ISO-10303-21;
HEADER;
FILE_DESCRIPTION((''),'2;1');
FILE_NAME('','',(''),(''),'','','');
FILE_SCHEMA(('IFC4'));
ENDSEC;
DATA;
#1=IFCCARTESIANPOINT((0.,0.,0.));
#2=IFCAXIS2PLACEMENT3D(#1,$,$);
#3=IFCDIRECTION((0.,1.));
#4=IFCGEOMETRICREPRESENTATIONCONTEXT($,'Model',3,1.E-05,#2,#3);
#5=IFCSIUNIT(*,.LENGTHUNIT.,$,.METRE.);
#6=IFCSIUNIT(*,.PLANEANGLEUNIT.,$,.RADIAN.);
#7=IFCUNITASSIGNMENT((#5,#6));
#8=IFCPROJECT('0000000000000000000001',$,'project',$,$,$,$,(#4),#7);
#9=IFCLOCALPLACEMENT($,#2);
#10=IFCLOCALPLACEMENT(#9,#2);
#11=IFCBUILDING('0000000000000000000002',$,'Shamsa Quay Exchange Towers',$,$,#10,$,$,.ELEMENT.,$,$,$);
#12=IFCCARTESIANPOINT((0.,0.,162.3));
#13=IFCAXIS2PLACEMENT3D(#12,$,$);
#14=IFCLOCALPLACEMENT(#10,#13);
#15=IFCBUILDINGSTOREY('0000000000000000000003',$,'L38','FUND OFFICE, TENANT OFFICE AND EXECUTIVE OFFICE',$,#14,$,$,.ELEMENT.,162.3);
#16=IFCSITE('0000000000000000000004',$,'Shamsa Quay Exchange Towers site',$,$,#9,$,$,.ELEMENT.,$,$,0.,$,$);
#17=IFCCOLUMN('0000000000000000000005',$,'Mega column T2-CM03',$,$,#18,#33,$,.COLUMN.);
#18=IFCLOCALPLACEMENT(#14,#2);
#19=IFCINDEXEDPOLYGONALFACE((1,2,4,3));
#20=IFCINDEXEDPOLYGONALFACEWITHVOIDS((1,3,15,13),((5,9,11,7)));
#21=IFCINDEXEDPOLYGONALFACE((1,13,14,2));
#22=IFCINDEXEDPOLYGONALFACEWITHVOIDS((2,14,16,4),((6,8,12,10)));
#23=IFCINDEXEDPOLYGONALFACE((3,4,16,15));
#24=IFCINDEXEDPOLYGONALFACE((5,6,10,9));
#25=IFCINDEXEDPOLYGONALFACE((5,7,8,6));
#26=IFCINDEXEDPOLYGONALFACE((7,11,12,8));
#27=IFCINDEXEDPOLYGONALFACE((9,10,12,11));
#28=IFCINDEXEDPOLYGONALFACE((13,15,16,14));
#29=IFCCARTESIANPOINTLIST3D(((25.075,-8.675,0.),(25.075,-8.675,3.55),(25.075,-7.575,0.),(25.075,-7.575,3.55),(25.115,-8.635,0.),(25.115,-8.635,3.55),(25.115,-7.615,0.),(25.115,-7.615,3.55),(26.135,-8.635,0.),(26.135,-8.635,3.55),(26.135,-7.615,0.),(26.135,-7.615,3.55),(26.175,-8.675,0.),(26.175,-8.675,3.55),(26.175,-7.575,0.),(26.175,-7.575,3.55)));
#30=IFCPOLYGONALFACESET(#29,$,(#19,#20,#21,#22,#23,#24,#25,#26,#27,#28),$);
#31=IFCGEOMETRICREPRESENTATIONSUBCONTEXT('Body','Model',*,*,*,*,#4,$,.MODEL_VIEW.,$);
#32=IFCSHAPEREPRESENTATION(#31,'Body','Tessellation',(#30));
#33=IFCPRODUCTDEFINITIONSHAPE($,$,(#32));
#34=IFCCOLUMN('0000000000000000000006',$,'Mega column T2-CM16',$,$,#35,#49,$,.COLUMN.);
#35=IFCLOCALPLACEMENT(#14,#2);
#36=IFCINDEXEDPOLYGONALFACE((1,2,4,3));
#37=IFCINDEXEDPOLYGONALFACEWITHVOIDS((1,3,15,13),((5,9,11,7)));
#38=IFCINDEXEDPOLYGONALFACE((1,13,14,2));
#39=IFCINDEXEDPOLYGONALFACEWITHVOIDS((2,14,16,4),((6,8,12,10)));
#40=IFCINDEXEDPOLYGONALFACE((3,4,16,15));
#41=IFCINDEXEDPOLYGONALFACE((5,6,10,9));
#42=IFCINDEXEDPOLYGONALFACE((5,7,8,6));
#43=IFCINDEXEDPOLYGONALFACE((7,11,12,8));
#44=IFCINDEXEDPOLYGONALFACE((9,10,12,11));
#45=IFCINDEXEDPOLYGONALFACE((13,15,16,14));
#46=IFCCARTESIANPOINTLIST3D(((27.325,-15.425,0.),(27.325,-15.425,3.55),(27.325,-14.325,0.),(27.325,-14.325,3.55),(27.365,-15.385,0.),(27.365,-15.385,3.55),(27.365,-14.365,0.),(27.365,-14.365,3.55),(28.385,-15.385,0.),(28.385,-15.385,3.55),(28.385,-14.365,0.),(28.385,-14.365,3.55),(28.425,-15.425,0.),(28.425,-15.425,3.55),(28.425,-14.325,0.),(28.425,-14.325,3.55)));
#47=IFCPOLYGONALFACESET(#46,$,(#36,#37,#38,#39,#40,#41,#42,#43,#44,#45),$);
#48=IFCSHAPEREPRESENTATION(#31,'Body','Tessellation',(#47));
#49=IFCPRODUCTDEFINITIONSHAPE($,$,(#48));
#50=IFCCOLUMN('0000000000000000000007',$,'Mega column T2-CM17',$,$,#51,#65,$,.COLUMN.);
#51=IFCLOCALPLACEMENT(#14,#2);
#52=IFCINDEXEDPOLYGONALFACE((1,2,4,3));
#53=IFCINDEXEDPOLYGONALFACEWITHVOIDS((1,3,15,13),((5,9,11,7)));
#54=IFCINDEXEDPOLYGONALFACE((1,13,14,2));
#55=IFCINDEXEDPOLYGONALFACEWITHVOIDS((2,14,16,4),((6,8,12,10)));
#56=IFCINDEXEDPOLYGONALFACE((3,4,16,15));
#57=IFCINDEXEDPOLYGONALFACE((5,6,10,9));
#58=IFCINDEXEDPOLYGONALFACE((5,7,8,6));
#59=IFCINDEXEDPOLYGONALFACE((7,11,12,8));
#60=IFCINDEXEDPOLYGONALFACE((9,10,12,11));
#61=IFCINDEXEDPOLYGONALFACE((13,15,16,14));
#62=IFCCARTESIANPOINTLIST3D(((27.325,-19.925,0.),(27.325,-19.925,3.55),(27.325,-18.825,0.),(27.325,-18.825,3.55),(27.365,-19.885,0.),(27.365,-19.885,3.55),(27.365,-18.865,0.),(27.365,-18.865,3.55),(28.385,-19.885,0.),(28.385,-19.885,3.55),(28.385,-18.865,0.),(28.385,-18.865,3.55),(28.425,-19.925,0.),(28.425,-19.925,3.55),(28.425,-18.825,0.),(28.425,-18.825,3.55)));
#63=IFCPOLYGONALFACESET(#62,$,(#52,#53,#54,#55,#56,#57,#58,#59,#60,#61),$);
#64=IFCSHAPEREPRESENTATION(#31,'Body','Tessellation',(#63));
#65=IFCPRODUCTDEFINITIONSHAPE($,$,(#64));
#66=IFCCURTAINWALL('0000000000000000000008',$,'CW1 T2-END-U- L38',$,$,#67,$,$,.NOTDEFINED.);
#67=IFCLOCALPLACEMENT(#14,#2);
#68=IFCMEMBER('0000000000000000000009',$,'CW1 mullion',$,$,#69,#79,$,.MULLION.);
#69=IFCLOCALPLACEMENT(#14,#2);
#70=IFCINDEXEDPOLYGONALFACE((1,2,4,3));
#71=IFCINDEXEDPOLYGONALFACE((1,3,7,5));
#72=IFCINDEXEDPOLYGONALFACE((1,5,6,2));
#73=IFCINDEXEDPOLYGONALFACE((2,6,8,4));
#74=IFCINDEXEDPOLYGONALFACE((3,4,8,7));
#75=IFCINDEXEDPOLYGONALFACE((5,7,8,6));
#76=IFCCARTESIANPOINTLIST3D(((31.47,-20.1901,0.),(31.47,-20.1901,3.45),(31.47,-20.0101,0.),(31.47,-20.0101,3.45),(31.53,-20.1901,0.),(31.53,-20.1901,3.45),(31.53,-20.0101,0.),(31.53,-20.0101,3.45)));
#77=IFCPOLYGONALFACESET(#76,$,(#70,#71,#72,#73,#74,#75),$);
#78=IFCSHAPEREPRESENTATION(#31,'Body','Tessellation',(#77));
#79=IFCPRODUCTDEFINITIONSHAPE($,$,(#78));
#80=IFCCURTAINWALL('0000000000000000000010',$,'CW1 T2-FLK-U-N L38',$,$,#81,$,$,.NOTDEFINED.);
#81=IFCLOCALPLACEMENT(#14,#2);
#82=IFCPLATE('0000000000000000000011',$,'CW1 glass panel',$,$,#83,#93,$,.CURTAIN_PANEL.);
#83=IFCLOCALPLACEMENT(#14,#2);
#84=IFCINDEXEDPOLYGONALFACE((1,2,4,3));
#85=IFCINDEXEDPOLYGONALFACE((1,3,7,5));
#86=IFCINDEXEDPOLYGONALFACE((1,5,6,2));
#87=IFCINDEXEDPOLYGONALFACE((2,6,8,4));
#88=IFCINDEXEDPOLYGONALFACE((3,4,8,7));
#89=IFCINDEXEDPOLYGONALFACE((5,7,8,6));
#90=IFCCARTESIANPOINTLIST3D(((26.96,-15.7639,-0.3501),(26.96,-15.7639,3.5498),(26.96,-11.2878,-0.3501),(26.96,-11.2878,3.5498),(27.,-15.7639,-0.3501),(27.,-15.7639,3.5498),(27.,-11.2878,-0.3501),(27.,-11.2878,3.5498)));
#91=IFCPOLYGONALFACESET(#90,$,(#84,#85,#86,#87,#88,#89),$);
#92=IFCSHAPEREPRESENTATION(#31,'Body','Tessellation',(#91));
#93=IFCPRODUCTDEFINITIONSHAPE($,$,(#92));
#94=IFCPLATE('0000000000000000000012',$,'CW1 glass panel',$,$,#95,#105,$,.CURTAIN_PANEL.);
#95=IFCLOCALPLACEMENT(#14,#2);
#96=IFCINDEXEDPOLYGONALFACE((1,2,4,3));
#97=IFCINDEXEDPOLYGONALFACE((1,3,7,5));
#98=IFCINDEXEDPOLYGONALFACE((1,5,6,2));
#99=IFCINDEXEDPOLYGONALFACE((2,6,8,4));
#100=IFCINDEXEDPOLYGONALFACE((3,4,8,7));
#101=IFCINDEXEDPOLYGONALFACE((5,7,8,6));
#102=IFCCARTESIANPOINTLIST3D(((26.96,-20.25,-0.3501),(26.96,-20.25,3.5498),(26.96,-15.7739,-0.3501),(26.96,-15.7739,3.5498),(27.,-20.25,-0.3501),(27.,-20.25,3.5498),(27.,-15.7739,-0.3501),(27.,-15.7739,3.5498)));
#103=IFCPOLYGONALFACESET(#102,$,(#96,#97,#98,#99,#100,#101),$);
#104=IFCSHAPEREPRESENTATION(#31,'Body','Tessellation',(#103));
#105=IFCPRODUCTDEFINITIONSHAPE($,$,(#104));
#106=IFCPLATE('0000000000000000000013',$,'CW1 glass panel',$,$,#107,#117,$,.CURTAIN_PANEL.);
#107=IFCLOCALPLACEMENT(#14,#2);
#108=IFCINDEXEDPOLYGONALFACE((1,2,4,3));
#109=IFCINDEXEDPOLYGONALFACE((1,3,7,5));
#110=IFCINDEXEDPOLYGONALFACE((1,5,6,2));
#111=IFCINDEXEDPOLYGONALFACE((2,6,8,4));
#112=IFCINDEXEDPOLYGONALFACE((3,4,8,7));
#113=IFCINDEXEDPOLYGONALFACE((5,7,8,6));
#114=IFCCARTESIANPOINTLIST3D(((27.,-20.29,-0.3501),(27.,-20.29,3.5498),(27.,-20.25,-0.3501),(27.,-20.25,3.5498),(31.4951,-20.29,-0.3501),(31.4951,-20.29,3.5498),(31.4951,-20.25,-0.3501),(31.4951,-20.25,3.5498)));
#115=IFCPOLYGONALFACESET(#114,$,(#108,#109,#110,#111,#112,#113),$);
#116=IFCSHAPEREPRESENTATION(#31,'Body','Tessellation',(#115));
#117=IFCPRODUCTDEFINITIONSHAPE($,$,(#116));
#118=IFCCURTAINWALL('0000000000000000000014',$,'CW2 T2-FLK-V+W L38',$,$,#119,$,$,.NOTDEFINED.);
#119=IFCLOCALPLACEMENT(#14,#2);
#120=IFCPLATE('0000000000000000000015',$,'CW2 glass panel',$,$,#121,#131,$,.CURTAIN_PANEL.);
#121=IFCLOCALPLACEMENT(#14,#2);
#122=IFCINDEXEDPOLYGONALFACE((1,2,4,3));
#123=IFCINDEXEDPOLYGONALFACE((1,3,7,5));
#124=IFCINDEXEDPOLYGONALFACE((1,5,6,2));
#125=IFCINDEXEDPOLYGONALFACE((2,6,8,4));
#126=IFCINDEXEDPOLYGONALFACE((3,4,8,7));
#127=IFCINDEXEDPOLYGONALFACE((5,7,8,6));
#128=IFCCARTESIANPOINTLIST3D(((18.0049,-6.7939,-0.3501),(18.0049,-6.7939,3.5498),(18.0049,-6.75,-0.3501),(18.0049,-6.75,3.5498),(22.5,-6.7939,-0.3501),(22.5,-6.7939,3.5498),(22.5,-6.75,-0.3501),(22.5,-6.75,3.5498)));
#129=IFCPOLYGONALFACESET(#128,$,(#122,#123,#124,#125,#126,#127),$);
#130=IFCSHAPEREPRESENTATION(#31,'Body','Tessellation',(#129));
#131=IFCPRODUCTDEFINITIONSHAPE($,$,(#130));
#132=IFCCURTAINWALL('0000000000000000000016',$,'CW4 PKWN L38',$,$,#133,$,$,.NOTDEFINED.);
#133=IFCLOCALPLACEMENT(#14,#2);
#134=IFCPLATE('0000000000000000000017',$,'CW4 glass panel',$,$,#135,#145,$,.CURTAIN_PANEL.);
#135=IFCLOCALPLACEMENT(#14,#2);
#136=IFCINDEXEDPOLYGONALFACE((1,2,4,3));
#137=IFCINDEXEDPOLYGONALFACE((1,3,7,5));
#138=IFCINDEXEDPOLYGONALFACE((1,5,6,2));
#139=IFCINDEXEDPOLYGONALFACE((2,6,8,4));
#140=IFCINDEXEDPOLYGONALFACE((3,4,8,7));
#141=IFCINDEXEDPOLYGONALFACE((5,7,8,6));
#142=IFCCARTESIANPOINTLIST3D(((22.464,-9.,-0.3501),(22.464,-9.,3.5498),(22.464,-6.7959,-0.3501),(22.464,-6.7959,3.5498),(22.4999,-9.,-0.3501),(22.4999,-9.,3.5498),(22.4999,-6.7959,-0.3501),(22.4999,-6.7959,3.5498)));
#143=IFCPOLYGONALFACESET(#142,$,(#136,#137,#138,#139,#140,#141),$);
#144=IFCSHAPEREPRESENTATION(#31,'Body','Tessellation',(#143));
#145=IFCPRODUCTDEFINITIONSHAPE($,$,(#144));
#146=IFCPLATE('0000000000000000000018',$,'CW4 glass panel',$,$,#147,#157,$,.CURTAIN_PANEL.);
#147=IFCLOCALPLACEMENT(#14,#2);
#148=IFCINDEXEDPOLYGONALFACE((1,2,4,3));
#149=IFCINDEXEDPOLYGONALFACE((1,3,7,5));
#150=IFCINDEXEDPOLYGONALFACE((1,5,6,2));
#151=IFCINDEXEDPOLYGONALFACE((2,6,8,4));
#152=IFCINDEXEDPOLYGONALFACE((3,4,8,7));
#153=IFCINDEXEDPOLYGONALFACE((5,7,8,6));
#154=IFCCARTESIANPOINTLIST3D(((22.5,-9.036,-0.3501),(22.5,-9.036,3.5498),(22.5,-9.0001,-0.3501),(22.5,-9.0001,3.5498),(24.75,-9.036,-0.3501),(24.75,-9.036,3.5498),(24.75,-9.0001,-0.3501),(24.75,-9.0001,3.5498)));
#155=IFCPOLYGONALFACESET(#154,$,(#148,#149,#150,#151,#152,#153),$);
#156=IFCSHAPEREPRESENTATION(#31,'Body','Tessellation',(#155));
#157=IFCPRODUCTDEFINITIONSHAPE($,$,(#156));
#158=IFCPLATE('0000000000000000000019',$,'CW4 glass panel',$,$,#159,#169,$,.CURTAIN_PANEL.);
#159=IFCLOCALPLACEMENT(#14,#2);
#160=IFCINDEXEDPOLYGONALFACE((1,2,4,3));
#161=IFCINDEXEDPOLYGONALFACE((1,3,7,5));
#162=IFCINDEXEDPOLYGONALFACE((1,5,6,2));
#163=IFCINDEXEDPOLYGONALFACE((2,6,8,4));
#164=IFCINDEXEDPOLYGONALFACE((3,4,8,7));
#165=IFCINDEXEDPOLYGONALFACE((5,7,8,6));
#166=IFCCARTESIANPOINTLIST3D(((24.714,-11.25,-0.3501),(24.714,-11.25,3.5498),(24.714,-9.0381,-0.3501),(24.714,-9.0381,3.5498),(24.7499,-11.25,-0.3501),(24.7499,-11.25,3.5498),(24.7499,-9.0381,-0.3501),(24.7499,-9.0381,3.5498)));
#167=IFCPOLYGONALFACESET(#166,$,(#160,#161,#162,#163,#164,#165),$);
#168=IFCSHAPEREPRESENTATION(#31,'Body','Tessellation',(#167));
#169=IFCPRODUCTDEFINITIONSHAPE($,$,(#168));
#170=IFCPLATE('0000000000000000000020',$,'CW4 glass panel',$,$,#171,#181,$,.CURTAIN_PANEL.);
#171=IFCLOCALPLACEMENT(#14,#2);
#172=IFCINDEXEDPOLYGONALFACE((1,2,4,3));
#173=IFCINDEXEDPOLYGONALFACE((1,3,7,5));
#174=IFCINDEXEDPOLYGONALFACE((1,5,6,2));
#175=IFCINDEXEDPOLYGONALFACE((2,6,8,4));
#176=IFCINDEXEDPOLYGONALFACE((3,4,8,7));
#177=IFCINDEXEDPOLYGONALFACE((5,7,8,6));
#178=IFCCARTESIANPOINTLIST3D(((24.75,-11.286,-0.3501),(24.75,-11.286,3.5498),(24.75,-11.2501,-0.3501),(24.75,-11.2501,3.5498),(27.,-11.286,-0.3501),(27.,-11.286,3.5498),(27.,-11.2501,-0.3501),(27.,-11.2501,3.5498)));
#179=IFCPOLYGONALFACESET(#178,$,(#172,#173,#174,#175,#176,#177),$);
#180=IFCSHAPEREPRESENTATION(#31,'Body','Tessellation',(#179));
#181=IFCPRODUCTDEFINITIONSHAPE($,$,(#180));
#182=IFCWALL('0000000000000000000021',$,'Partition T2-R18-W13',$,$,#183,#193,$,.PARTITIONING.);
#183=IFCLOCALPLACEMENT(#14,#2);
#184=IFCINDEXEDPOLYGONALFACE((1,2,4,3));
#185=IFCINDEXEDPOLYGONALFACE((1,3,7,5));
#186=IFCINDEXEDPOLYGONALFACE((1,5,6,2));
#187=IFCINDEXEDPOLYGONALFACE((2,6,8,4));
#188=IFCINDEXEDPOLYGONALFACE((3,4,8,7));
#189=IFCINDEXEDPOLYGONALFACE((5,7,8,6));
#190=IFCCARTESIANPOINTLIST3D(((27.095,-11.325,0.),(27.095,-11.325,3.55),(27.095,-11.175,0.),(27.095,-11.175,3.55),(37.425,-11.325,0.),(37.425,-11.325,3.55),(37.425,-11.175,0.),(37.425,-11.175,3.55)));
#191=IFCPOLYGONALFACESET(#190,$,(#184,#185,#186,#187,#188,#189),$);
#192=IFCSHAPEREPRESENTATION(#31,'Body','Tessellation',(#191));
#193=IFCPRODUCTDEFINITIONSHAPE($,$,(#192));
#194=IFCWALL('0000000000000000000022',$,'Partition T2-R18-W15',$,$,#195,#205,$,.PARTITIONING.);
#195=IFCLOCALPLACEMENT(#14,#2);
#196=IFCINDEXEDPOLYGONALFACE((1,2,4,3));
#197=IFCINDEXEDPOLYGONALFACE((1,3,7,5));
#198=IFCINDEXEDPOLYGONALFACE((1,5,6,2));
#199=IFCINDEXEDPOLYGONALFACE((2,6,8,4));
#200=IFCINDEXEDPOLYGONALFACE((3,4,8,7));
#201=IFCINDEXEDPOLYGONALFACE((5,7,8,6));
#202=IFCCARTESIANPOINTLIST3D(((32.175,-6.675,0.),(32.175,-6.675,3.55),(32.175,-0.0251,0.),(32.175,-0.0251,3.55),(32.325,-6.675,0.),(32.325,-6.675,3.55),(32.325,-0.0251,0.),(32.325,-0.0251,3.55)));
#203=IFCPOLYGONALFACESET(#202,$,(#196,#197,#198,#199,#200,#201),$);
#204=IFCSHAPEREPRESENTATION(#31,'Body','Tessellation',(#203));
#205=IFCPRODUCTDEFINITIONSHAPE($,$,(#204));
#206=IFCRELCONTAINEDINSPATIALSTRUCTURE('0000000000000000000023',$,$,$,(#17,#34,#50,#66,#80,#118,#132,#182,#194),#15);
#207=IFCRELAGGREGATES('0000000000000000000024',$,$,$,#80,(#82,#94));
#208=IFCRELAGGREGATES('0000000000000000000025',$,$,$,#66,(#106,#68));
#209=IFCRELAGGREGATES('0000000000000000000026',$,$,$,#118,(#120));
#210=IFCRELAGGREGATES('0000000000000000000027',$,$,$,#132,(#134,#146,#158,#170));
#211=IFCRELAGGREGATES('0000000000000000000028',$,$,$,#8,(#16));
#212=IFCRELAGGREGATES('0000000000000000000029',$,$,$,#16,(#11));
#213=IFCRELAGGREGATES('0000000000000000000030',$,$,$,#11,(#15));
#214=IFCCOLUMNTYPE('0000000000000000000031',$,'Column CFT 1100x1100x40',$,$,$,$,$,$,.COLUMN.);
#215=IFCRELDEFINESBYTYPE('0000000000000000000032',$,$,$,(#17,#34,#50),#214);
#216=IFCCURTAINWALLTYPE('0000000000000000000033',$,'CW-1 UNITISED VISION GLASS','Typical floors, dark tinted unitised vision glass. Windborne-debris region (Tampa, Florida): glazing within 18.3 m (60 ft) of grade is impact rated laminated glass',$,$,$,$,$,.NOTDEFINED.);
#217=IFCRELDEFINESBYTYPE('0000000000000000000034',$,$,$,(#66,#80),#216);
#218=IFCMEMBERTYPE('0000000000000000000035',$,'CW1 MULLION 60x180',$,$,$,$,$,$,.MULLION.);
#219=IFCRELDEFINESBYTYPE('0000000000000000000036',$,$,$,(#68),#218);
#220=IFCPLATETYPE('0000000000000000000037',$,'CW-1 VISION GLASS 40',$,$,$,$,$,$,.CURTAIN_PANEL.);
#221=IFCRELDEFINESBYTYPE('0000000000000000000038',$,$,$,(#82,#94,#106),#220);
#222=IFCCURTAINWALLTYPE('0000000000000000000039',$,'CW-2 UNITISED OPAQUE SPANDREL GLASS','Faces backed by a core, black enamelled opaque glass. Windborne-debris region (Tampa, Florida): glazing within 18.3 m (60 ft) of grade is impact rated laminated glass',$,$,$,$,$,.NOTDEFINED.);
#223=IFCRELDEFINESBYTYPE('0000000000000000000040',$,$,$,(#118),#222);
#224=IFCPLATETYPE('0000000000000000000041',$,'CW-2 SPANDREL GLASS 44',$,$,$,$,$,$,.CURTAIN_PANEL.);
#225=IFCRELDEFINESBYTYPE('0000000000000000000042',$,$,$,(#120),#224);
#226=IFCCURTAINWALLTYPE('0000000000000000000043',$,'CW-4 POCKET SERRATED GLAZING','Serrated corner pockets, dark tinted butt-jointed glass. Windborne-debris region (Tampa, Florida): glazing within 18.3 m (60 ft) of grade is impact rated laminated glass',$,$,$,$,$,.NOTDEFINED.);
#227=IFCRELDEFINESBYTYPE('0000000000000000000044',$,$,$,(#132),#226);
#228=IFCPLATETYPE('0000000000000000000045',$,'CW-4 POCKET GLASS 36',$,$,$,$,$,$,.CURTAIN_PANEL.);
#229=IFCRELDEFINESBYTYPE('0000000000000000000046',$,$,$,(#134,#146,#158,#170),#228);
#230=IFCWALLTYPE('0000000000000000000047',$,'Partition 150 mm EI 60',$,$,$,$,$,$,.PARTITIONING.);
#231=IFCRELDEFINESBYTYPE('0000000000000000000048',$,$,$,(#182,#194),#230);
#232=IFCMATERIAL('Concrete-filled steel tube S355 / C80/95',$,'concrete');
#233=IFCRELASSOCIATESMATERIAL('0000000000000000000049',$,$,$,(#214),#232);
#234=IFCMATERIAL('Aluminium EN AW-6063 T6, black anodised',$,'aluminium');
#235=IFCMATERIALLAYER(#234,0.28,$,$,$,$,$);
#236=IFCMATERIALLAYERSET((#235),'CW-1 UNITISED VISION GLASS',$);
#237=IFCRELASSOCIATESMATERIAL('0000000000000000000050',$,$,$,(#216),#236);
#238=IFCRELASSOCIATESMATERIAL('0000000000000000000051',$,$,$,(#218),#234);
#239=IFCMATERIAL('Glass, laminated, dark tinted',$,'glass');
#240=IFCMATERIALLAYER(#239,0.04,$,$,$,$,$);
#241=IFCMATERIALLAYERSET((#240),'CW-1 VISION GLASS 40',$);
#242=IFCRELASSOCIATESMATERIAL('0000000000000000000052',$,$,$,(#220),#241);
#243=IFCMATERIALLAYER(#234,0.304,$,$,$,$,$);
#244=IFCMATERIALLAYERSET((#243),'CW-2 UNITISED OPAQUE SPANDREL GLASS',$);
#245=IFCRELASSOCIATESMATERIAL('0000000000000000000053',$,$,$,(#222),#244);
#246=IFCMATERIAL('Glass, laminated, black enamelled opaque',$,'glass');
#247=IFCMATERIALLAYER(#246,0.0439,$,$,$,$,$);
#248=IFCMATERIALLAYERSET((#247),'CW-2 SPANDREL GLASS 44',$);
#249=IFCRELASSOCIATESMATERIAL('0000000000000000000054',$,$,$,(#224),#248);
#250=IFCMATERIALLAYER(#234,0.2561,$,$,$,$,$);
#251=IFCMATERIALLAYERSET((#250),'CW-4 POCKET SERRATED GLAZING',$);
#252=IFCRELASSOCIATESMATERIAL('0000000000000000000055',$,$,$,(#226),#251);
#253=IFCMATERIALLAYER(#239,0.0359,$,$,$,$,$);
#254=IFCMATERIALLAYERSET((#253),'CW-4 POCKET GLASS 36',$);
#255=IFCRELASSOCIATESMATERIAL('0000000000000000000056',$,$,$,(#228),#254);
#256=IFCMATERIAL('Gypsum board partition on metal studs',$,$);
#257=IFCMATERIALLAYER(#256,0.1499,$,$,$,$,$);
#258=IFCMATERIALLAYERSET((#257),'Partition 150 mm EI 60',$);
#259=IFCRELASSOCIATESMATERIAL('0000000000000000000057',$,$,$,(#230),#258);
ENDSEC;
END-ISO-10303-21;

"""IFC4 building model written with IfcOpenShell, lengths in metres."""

from ifc_helpers import new_model, si_unit, direction, frame, frame_2d, origin, origin_2d, place, context, subcontext, project, spatial, rectangle, hollow_rectangle, extrude, material, layer, layer_set, material_profile, profile_set, type_object, element, aggregate, save


model = new_model("IFC4")

# Units and contexts
model_context = context("Model", 3, precision=1e-05, world=origin(), true_north=direction((0.0, 1.0)))
body_context = subcontext(model_context, "Body", "Model", "MODEL_VIEW")
ifc_project = project(units=[si_unit("LENGTHUNIT", "METRE"), si_unit("PLANEANGLEUNIT", "RADIAN")], contexts=[model_context])

# Site, building, storey
site_placement = place(None, origin())
site = spatial("IfcSite", under=ifc_project, at=site_placement, Name="Shamsa Quay Exchange Towers site", CompositionType="ELEMENT", RefElevation=0.0)
building_placement = place(site_placement, origin())
building = spatial("IfcBuilding", under=site, at=building_placement, Name="Shamsa Quay Exchange Towers", CompositionType="ELEMENT")
storey_placement = place(building_placement, frame((0.0, 0.0, 162.3)))
storey = spatial("IfcBuildingStorey", under=building, at=storey_placement, Name="L38", Description="FUND OFFICE, TENANT OFFICE AND EXECUTIVE OFFICE", CompositionType="ELEMENT", Elevation=162.3)

# Columns
ifc_material_1 = material(Name="Concrete-filled steel tube S355 / C80/95", Category="concrete")
ifc_material_profile_1 = material_profile(ifc_material_1, hollow_rectangle(XDim=1.1001, YDim=1.1001, WallThickness=0.04, at=origin_2d()), Name="CFT 1100x1100x40")
ifc_profile_set_1 = profile_set([ifc_material_profile_1], Name="Concrete-filled steel tube S355 / C80/95")
column_type = type_object("IfcColumnType", Name="Column CFT 1100x1100x40", PredefinedType="COLUMN", material=ifc_profile_set_1)
for number, where, name in (
    (1, (25.625, -8.125, 0.0), "Mega column T2-CM03"),
    (2, (27.875, -14.875, 0.0), "Mega column T2-CM16"),
    (3, (27.875, -19.375, 0.0), "Mega column T2-CM17"),
):
    element("IfcColumn", number, at=place(storey_placement, frame(where)), inside=storey, type_object=column_type, Name=name, PredefinedType="COLUMN", context=body_context, shape_type="SweptSolid", body=[
        extrude(hollow_rectangle(XDim=1.1001, YDim=1.1001, WallThickness=0.04, at=origin_2d()), origin(), (0.0, 0.0, 1.0), 3.55),
    ])

# Curtain wall, member
ifc_material_2 = material(Name="Aluminium EN AW-6063 T6, black anodised", Category="aluminium")
ifc_layer_1 = layer(ifc_material_2, 0.28)
ifc_layer_set_1 = layer_set([ifc_layer_1], Name="CW-1 UNITISED VISION GLASS")
curtain_wall_type_1 = type_object("IfcCurtainWallType", Name="CW-1 UNITISED VISION GLASS", Description="Typical floors, dark tinted unitised vision glass. Windborne-debris region (Tampa, Florida): glazing within 18.3 m (60 ft) of grade is impact rated laminated glass", PredefinedType="NOTDEFINED", material=ifc_layer_set_1)
curtain_wall_1_placement = place(storey_placement, origin())
curtain_wall_1 = element("IfcCurtainWall", 4, at=curtain_wall_1_placement, inside=storey, type_object=curtain_wall_type_1, Name="CW1 T2-END-U- L38", PredefinedType="NOTDEFINED")
ifc_material_profile_2 = material_profile(ifc_material_2, rectangle(XDim=0.1799, YDim=0.0601, at=origin_2d()), Name="MU60x180")
ifc_profile_set_2 = profile_set([ifc_material_profile_2], Name="Aluminium EN AW-6063 T6, black anodised")
member_type = type_object("IfcMemberType", Name="CW1 MULLION 60x180", PredefinedType="MULLION", material=ifc_profile_set_2)
member_placement = place(storey_placement, frame((31.5, -20.1001, 0.0), z_axis=(0.0, 0.0, 1.0), x_axis=(0.0, 1.0, 0.0)))
member = element("IfcMember", 5, at=member_placement, type_object=member_type, Name="CW1 mullion", PredefinedType="MULLION", context=body_context, shape_type="SweptSolid", body=[
    extrude(rectangle(XDim=0.1799, YDim=0.0601, at=origin_2d()), origin(), (0.0, 0.0, 1.0), 3.45),
])

# Curtain wall, plates
curtain_wall_2_placement = place(storey_placement, origin())
curtain_wall_2 = element("IfcCurtainWall", 6, at=curtain_wall_2_placement, inside=storey, type_object=curtain_wall_type_1, Name="CW1 T2-FLK-U-N L38", PredefinedType="NOTDEFINED")
ifc_material_3 = material(Name="Glass, laminated, dark tinted", Category="glass")
ifc_layer_2 = layer(ifc_material_3, 0.04)
ifc_layer_set_2 = layer_set([ifc_layer_2], Name="CW-1 VISION GLASS 40")
plate_type_1 = type_object("IfcPlateType", Name="CW-1 VISION GLASS 40", PredefinedType="CURTAIN_PANEL", material=ifc_layer_set_2)
plate_1_placement = place(storey_placement, frame((26.98, -13.5259, -0.3501), z_axis=(0.0, 0.0, 1.0), x_axis=(0.0, -1.0, 0.0)))
plate_1 = element("IfcPlate", 7, at=plate_1_placement, type_object=plate_type_1, Name="CW1 glass panel", PredefinedType="CURTAIN_PANEL", context=body_context, shape_type="SweptSolid", body=[
    extrude(rectangle(XDim=4.4761, YDim=0.04, at=origin_2d()), origin(), (0.0, 0.0, 1.0), 3.8999),
])
plate_2_placement = place(storey_placement, frame((26.98, -18.012, -0.3501), z_axis=(0.0, 0.0, 1.0), x_axis=(0.0, -1.0, 0.0)))
plate_2 = element("IfcPlate", 8, at=plate_2_placement, type_object=plate_type_1, Name="CW1 glass panel", PredefinedType="CURTAIN_PANEL", context=body_context, shape_type="SweptSolid", body=[
    extrude(rectangle(XDim=4.4761, YDim=0.04, at=origin_2d()), origin(), (0.0, 0.0, 1.0), 3.8999),
])
aggregate(curtain_wall_2, [plate_1, plate_2])

# Plate
plate_3_placement = place(storey_placement, frame((29.2476, -20.27, -0.3501)))
plate_3 = element("IfcPlate", 9, at=plate_3_placement, type_object=plate_type_1, Name="CW1 glass panel", PredefinedType="CURTAIN_PANEL", context=body_context, shape_type="SweptSolid", body=[
    extrude(rectangle(XDim=4.4951, YDim=0.04, at=origin_2d()), origin(), (0.0, 0.0, 1.0), 3.8999),
])
aggregate(curtain_wall_1, [plate_3, member])

# Curtain wall, plate
ifc_layer_3 = layer(ifc_material_2, 0.304)
ifc_layer_set_3 = layer_set([ifc_layer_3], Name="CW-2 UNITISED OPAQUE SPANDREL GLASS")
curtain_wall_type_2 = type_object("IfcCurtainWallType", Name="CW-2 UNITISED OPAQUE SPANDREL GLASS", Description="Faces backed by a core, black enamelled opaque glass. Windborne-debris region (Tampa, Florida): glazing within 18.3 m (60 ft) of grade is impact rated laminated glass", PredefinedType="NOTDEFINED", material=ifc_layer_set_3)
curtain_wall_3_placement = place(storey_placement, origin())
curtain_wall_3 = element("IfcCurtainWall", 10, at=curtain_wall_3_placement, inside=storey, type_object=curtain_wall_type_2, Name="CW2 T2-FLK-V+W L38", PredefinedType="NOTDEFINED")
ifc_material_4 = material(Name="Glass, laminated, black enamelled opaque", Category="glass")
ifc_layer_4 = layer(ifc_material_4, 0.0439)
ifc_layer_set_4 = layer_set([ifc_layer_4], Name="CW-2 SPANDREL GLASS 44")
plate_type_2 = type_object("IfcPlateType", Name="CW-2 SPANDREL GLASS 44", PredefinedType="CURTAIN_PANEL", material=ifc_layer_set_4)
plate_4_placement = place(storey_placement, frame((20.2524, -6.772, -0.3501)))
plate_4 = element("IfcPlate", 11, at=plate_4_placement, type_object=plate_type_2, Name="CW2 glass panel", PredefinedType="CURTAIN_PANEL", context=body_context, shape_type="SweptSolid", body=[
    extrude(rectangle(XDim=4.4951, YDim=0.0439, at=origin_2d()), origin(), (0.0, 0.0, 1.0), 3.8999),
])
aggregate(curtain_wall_3, [plate_4])

# Curtain wall, plates
ifc_layer_5 = layer(ifc_material_2, 0.2561)
ifc_layer_set_5 = layer_set([ifc_layer_5], Name="CW-4 POCKET SERRATED GLAZING")
curtain_wall_type_3 = type_object("IfcCurtainWallType", Name="CW-4 POCKET SERRATED GLAZING", Description="Serrated corner pockets, dark tinted butt-jointed glass. Windborne-debris region (Tampa, Florida): glazing within 18.3 m (60 ft) of grade is impact rated laminated glass", PredefinedType="NOTDEFINED", material=ifc_layer_set_5)
curtain_wall_4_placement = place(storey_placement, origin())
curtain_wall_4 = element("IfcCurtainWall", 12, at=curtain_wall_4_placement, inside=storey, type_object=curtain_wall_type_3, Name="CW4 PKWN L38", PredefinedType="NOTDEFINED")
ifc_layer_6 = layer(ifc_material_3, 0.0359)
ifc_layer_set_6 = layer_set([ifc_layer_6], Name="CW-4 POCKET GLASS 36")
plate_type_3 = type_object("IfcPlateType", Name="CW-4 POCKET GLASS 36", PredefinedType="CURTAIN_PANEL", material=ifc_layer_set_6)
plate_5_placement = place(storey_placement, frame((22.4819, -7.8979, -0.3501), z_axis=(0.0, 0.0, 1.0), x_axis=(0.0, -1.0, 0.0)))
plate_5 = element("IfcPlate", 13, at=plate_5_placement, type_object=plate_type_3, Name="CW4 glass panel", PredefinedType="CURTAIN_PANEL", context=body_context, shape_type="SweptSolid", body=[
    extrude(rectangle(XDim=2.2041, YDim=0.0359, at=origin_2d()), origin(), (0.0, 0.0, 1.0), 3.8999),
])
plate_6_placement = place(storey_placement, frame((23.625, -9.0181, -0.3501)))
plate_6 = element("IfcPlate", 14, at=plate_6_placement, type_object=plate_type_3, Name="CW4 glass panel", PredefinedType="CURTAIN_PANEL", context=body_context, shape_type="SweptSolid", body=[
    extrude(rectangle(XDim=2.25, YDim=0.0359, at=origin_2d()), origin(), (0.0, 0.0, 1.0), 3.8999),
])
plate_7_placement = place(storey_placement, frame((24.7319, -10.144, -0.3501), z_axis=(0.0, 0.0, 1.0), x_axis=(0.0, -1.0, 0.0)))
plate_7 = element("IfcPlate", 15, at=plate_7_placement, type_object=plate_type_3, Name="CW4 glass panel", PredefinedType="CURTAIN_PANEL", context=body_context, shape_type="SweptSolid", body=[
    extrude(rectangle(XDim=2.2119, YDim=0.0359, at=origin_2d()), origin(), (0.0, 0.0, 1.0), 3.8999),
])
plate_8_placement = place(storey_placement, frame((25.875, -11.2681, -0.3501)))
plate_8 = element("IfcPlate", 16, at=plate_8_placement, type_object=plate_type_3, Name="CW4 glass panel", PredefinedType="CURTAIN_PANEL", context=body_context, shape_type="SweptSolid", body=[
    extrude(rectangle(XDim=2.25, YDim=0.0359, at=origin_2d()), origin(), (0.0, 0.0, 1.0), 3.8999),
])
aggregate(curtain_wall_4, [plate_5, plate_6, plate_7, plate_8])

# Walls
ifc_material_5 = material(Name="Gypsum board partition on metal studs")
ifc_layer_7 = layer(ifc_material_5, 0.1499)
ifc_layer_set_7 = layer_set([ifc_layer_7], Name="Partition 150 mm EI 60")
wall_type_1 = type_object("IfcWallType", Name="Partition 150 mm EI 60", PredefinedType="PARTITIONING", material=ifc_layer_set_7)
wall_1_placement = place(storey_placement, frame((27.095, -11.25, 0.0)))
element("IfcWall", 17, at=wall_1_placement, inside=storey, type_object=wall_type_1, Name="Partition T2-R18-W13", PredefinedType="PARTITIONING", context=body_context, shape_type="SweptSolid", body=[
    extrude(rectangle(XDim=10.3301, YDim=0.1499, at=frame_2d((5.165, 0.0))), origin(), (0.0, 0.0, 1.0), 3.55),
])
wall_2_placement = place(storey_placement, frame((32.25, -0.0251, 0.0), z_axis=(0.0, 0.0, 1.0), x_axis=(0.0, -1.0, 0.0)))
element("IfcWall", 18, at=wall_2_placement, inside=storey, type_object=wall_type_1, Name="Partition T2-R18-W15", PredefinedType="PARTITIONING", context=body_context, shape_type="SweptSolid", body=[
    extrude(rectangle(XDim=6.6499, YDim=0.1499, at=frame_2d((3.325, 0.0))), origin(), (0.0, 0.0, 1.0), 3.55),
])

save(model, "model.ifc")
